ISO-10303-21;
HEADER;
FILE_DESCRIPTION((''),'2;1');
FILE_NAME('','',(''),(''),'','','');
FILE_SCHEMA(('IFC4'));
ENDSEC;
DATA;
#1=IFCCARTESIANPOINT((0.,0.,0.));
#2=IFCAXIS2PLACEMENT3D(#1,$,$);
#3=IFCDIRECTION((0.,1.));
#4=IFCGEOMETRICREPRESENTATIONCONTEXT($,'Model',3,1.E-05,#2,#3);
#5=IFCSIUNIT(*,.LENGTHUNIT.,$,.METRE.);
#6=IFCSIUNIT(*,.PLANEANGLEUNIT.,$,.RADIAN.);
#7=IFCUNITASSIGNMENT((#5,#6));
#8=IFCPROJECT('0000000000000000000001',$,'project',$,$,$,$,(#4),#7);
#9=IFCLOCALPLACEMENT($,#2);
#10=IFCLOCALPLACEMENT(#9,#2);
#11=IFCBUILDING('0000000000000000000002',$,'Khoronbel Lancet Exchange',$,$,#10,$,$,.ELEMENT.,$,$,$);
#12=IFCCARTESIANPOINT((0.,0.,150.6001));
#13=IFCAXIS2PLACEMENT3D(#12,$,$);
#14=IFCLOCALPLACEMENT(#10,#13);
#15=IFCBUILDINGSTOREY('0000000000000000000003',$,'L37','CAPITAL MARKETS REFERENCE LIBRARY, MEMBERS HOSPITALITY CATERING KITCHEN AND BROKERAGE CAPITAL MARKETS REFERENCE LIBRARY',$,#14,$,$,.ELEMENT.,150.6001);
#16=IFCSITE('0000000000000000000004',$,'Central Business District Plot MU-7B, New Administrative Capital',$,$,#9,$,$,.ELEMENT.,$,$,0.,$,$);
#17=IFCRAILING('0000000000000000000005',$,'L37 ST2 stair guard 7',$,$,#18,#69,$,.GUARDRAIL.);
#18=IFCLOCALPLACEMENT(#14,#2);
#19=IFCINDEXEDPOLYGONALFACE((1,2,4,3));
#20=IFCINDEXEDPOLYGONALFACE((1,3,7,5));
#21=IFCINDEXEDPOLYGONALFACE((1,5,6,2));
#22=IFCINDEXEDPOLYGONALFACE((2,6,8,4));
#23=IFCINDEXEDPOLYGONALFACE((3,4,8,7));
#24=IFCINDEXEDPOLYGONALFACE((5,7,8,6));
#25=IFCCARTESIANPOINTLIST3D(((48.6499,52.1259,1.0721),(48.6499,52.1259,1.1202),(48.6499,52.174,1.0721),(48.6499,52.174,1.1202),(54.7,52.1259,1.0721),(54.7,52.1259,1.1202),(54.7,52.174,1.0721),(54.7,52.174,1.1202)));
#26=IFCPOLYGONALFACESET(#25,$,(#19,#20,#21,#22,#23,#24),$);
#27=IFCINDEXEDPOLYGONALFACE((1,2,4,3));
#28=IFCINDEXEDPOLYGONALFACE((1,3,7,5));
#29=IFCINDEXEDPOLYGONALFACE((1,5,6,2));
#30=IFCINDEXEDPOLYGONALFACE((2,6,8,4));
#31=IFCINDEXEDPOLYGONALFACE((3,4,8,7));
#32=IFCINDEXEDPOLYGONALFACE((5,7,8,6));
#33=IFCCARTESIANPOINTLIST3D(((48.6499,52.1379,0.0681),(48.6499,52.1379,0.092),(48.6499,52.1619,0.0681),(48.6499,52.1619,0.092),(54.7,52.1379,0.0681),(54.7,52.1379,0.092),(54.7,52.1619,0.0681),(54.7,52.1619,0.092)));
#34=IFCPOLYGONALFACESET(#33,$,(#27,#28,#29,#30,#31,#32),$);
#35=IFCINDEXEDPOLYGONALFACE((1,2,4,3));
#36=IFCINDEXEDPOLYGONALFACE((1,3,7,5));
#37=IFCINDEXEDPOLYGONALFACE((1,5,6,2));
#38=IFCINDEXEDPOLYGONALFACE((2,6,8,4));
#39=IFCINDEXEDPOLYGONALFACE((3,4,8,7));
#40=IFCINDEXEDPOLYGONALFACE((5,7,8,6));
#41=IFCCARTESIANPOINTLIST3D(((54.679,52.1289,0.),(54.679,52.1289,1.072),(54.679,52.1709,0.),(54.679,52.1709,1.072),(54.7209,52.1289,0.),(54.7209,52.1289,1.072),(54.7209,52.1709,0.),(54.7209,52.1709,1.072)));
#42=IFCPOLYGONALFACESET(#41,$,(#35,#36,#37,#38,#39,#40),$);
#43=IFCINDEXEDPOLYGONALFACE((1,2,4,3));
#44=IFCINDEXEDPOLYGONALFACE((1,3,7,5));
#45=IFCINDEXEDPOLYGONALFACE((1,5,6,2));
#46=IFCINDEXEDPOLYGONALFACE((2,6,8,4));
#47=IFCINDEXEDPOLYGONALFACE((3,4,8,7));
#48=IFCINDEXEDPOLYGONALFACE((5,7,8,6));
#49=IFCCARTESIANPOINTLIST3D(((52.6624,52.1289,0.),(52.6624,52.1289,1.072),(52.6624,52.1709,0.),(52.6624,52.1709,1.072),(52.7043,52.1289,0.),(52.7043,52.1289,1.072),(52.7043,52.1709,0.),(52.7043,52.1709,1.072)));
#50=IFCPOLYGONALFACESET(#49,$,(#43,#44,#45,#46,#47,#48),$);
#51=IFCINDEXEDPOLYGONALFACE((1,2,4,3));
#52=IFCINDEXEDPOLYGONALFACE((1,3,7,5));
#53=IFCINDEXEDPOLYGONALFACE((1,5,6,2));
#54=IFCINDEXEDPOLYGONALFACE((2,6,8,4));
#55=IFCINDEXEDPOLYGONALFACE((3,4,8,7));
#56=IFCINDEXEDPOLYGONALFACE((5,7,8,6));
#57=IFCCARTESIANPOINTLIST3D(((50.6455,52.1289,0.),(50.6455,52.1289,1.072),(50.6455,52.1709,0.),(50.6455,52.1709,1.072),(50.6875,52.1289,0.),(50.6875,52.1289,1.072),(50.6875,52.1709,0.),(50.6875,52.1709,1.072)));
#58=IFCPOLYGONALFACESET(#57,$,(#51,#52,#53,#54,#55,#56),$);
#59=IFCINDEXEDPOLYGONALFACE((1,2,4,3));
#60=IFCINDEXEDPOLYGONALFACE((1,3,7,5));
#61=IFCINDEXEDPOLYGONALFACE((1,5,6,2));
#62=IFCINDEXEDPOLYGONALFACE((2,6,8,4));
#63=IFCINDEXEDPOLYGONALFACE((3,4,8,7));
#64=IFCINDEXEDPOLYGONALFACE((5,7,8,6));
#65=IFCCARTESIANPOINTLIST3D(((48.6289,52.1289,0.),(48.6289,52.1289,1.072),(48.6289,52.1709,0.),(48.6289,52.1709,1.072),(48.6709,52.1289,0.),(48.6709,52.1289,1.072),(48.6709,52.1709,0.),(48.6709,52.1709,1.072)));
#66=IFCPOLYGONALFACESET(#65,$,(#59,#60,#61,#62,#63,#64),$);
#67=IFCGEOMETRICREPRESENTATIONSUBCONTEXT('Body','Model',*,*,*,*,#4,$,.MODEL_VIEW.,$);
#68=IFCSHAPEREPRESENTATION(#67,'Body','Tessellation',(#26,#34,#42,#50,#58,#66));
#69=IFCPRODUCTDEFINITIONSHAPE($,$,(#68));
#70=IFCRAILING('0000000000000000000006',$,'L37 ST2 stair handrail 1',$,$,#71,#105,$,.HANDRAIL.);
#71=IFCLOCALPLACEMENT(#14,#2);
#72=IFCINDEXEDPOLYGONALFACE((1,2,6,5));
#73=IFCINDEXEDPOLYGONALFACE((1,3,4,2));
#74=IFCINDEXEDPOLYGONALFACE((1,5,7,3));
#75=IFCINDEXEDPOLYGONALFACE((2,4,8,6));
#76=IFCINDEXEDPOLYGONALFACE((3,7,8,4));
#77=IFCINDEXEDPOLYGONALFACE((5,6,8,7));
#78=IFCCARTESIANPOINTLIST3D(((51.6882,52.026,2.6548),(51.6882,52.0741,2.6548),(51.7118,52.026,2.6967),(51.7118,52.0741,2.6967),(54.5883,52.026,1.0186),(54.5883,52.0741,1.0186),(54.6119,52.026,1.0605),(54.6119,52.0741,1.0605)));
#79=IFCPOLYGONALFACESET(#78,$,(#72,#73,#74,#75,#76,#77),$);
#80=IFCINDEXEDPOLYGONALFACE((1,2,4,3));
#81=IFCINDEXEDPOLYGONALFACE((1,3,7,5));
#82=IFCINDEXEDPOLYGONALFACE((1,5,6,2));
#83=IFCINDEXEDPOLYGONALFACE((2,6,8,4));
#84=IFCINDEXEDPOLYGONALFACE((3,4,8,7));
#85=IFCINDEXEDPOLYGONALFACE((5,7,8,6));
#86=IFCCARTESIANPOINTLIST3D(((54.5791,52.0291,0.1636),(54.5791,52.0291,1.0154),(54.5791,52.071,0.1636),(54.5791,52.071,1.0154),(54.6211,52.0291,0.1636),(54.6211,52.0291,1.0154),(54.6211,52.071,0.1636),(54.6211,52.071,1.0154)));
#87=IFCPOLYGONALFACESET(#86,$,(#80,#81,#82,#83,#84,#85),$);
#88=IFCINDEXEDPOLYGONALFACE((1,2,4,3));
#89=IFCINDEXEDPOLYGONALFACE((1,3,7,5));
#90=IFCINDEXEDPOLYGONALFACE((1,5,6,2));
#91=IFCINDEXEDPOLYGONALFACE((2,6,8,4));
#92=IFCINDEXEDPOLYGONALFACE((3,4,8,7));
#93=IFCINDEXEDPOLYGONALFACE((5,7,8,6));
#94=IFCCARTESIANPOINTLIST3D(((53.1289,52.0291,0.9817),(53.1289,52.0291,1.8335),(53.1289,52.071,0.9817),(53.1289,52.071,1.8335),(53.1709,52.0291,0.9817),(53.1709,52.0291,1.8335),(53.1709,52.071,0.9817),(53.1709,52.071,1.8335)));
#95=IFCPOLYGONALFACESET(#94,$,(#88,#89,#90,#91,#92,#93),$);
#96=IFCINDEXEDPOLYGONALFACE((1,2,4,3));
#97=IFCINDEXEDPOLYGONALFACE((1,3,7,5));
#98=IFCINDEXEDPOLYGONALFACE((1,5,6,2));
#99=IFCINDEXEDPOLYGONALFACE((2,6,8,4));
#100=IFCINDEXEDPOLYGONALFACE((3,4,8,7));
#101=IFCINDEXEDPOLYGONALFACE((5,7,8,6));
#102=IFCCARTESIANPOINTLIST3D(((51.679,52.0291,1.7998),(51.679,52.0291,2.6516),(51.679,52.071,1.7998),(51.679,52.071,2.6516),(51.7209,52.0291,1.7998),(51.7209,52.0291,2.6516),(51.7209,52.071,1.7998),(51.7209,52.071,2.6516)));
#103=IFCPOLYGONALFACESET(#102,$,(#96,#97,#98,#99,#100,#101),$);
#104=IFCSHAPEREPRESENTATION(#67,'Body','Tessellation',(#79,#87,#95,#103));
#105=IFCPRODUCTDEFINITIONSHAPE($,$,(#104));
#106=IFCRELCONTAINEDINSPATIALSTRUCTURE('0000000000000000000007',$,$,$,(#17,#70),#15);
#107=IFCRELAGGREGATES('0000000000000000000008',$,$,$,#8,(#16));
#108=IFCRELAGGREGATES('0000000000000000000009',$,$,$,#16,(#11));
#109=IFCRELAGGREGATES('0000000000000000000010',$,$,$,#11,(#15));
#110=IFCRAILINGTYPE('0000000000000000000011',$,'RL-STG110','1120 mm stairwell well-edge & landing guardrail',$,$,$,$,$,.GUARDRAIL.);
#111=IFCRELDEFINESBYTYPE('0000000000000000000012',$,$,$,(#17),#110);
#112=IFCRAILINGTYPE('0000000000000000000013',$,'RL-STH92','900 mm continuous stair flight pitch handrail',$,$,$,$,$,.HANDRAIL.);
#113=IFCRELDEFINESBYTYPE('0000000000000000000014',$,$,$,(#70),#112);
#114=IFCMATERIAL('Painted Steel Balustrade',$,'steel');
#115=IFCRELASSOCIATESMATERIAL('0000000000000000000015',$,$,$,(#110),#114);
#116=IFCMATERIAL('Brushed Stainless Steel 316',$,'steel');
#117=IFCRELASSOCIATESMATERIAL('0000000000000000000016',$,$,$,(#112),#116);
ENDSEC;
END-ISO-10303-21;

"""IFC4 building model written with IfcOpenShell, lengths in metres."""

from ifc_helpers import new_model, si_unit, direction, frame, origin, origin_2d, place, context, subcontext, project, spatial, rectangle, extrude, material, type_object, element, save


model = new_model("IFC4")

# Units and contexts
model_context = context("Model", 3, precision=1e-05, world=origin(), true_north=direction((0.0, 1.0)))
body_context = subcontext(model_context, "Body", "Model", "MODEL_VIEW")
ifc_project = project(units=[si_unit("LENGTHUNIT", "METRE"), si_unit("PLANEANGLEUNIT", "RADIAN")], contexts=[model_context])

# Site, building, storey
site_placement = place(None, origin())
site = spatial("IfcSite", under=ifc_project, at=site_placement, Name="Central Business District Plot MU-7B, New Administrative Capital", CompositionType="ELEMENT", RefElevation=0.0)
building_placement = place(site_placement, origin())
building = spatial("IfcBuilding", under=site, at=building_placement, Name="Khoronbel Lancet Exchange", CompositionType="ELEMENT")
storey_placement = place(building_placement, frame((0.0, 0.0, 150.6001)))
storey = spatial("IfcBuildingStorey", under=building, at=storey_placement, Name="L37", Description="CAPITAL MARKETS REFERENCE LIBRARY, MEMBERS HOSPITALITY CATERING KITCHEN AND BROKERAGE CAPITAL MARKETS REFERENCE LIBRARY", CompositionType="ELEMENT", Elevation=150.6001)

# Railings
ifc_material_1 = material(Name="Painted Steel Balustrade", Category="steel")
railing_type_1 = type_object("IfcRailingType", Name="RL-STG110", Description="1120 mm stairwell well-edge & landing guardrail", PredefinedType="GUARDRAIL", material=ifc_material_1)
railing_1_placement = place(storey_placement, frame((54.7, 52.1499, 0.0)))
element("IfcRailing", 1, at=railing_1_placement, inside=storey, type_object=railing_type_1, Name="L37 ST2 stair guard 7", PredefinedType="GUARDRAIL", context=body_context, shape_type="SweptSolid", body=[
    extrude(rectangle(XDim=0.0481, YDim=0.0481, at=origin_2d()), frame((0.0, 0.0, 1.0962), z_axis=(-1.0, 0.0, 0.0), x_axis=(0.0, -1.0, 0.0)), (0.0, 0.0, 1.0), 6.05),
    extrude(rectangle(XDim=0.0239, YDim=0.0239, at=origin_2d()), frame((0.0, 0.0, 0.0801), z_axis=(-1.0, 0.0, 0.0), x_axis=(0.0, -1.0, 0.0)), (0.0, 0.0, 1.0), 6.05),
    extrude(rectangle(XDim=0.042, YDim=0.042, at=origin_2d()), origin(), (0.0, 0.0, 1.0), 1.072),
    extrude(rectangle(XDim=0.042, YDim=0.042, at=origin_2d()), frame((-2.0166, 0.0, 0.0)), (0.0, 0.0, 1.0), 1.072),
    extrude(rectangle(XDim=0.042, YDim=0.042, at=origin_2d()), frame((-4.0334, 0.0, 0.0)), (0.0, 0.0, 1.0), 1.072),
    extrude(rectangle(XDim=0.042, YDim=0.042, at=origin_2d()), frame((-6.05, 0.0, 0.0)), (0.0, 0.0, 1.0), 1.072),
])
ifc_material_2 = material(Name="Brushed Stainless Steel 316", Category="steel")
railing_type_2 = type_object("IfcRailingType", Name="RL-STH92", Description="900 mm continuous stair flight pitch handrail", PredefinedType="HANDRAIL", material=ifc_material_2)
railing_2_placement = place(storey_placement, frame((54.6001, 52.05, 0.1636)))
element("IfcRailing", 2, at=railing_2_placement, inside=storey, type_object=railing_type_2, Name="L37 ST2 stair handrail 1", PredefinedType="HANDRAIL", context=body_context, shape_type="SweptSolid", body=[
    extrude(rectangle(XDim=0.0481, YDim=0.0481, at=origin_2d()), frame((0.0, 0.0, 0.876), z_axis=(-0.870946, 0.0, 0.491378), x_axis=(0.0, -1.0, 0.0)), (0.0, 0.0, 1.0), 3.3298),
    extrude(rectangle(XDim=0.042, YDim=0.042, at=origin_2d()), origin(), (0.0, 0.0, 1.0), 0.8518),
    extrude(rectangle(XDim=0.042, YDim=0.042, at=origin_2d()), frame((-1.4502, 0.0, 0.8181)), (0.0, 0.0, 1.0), 0.8518),
    extrude(rectangle(XDim=0.042, YDim=0.042, at=origin_2d()), frame((-2.9001, 0.0, 1.6362)), (0.0, 0.0, 1.0), 0.8518),
])

save(model, "model.ifc")
